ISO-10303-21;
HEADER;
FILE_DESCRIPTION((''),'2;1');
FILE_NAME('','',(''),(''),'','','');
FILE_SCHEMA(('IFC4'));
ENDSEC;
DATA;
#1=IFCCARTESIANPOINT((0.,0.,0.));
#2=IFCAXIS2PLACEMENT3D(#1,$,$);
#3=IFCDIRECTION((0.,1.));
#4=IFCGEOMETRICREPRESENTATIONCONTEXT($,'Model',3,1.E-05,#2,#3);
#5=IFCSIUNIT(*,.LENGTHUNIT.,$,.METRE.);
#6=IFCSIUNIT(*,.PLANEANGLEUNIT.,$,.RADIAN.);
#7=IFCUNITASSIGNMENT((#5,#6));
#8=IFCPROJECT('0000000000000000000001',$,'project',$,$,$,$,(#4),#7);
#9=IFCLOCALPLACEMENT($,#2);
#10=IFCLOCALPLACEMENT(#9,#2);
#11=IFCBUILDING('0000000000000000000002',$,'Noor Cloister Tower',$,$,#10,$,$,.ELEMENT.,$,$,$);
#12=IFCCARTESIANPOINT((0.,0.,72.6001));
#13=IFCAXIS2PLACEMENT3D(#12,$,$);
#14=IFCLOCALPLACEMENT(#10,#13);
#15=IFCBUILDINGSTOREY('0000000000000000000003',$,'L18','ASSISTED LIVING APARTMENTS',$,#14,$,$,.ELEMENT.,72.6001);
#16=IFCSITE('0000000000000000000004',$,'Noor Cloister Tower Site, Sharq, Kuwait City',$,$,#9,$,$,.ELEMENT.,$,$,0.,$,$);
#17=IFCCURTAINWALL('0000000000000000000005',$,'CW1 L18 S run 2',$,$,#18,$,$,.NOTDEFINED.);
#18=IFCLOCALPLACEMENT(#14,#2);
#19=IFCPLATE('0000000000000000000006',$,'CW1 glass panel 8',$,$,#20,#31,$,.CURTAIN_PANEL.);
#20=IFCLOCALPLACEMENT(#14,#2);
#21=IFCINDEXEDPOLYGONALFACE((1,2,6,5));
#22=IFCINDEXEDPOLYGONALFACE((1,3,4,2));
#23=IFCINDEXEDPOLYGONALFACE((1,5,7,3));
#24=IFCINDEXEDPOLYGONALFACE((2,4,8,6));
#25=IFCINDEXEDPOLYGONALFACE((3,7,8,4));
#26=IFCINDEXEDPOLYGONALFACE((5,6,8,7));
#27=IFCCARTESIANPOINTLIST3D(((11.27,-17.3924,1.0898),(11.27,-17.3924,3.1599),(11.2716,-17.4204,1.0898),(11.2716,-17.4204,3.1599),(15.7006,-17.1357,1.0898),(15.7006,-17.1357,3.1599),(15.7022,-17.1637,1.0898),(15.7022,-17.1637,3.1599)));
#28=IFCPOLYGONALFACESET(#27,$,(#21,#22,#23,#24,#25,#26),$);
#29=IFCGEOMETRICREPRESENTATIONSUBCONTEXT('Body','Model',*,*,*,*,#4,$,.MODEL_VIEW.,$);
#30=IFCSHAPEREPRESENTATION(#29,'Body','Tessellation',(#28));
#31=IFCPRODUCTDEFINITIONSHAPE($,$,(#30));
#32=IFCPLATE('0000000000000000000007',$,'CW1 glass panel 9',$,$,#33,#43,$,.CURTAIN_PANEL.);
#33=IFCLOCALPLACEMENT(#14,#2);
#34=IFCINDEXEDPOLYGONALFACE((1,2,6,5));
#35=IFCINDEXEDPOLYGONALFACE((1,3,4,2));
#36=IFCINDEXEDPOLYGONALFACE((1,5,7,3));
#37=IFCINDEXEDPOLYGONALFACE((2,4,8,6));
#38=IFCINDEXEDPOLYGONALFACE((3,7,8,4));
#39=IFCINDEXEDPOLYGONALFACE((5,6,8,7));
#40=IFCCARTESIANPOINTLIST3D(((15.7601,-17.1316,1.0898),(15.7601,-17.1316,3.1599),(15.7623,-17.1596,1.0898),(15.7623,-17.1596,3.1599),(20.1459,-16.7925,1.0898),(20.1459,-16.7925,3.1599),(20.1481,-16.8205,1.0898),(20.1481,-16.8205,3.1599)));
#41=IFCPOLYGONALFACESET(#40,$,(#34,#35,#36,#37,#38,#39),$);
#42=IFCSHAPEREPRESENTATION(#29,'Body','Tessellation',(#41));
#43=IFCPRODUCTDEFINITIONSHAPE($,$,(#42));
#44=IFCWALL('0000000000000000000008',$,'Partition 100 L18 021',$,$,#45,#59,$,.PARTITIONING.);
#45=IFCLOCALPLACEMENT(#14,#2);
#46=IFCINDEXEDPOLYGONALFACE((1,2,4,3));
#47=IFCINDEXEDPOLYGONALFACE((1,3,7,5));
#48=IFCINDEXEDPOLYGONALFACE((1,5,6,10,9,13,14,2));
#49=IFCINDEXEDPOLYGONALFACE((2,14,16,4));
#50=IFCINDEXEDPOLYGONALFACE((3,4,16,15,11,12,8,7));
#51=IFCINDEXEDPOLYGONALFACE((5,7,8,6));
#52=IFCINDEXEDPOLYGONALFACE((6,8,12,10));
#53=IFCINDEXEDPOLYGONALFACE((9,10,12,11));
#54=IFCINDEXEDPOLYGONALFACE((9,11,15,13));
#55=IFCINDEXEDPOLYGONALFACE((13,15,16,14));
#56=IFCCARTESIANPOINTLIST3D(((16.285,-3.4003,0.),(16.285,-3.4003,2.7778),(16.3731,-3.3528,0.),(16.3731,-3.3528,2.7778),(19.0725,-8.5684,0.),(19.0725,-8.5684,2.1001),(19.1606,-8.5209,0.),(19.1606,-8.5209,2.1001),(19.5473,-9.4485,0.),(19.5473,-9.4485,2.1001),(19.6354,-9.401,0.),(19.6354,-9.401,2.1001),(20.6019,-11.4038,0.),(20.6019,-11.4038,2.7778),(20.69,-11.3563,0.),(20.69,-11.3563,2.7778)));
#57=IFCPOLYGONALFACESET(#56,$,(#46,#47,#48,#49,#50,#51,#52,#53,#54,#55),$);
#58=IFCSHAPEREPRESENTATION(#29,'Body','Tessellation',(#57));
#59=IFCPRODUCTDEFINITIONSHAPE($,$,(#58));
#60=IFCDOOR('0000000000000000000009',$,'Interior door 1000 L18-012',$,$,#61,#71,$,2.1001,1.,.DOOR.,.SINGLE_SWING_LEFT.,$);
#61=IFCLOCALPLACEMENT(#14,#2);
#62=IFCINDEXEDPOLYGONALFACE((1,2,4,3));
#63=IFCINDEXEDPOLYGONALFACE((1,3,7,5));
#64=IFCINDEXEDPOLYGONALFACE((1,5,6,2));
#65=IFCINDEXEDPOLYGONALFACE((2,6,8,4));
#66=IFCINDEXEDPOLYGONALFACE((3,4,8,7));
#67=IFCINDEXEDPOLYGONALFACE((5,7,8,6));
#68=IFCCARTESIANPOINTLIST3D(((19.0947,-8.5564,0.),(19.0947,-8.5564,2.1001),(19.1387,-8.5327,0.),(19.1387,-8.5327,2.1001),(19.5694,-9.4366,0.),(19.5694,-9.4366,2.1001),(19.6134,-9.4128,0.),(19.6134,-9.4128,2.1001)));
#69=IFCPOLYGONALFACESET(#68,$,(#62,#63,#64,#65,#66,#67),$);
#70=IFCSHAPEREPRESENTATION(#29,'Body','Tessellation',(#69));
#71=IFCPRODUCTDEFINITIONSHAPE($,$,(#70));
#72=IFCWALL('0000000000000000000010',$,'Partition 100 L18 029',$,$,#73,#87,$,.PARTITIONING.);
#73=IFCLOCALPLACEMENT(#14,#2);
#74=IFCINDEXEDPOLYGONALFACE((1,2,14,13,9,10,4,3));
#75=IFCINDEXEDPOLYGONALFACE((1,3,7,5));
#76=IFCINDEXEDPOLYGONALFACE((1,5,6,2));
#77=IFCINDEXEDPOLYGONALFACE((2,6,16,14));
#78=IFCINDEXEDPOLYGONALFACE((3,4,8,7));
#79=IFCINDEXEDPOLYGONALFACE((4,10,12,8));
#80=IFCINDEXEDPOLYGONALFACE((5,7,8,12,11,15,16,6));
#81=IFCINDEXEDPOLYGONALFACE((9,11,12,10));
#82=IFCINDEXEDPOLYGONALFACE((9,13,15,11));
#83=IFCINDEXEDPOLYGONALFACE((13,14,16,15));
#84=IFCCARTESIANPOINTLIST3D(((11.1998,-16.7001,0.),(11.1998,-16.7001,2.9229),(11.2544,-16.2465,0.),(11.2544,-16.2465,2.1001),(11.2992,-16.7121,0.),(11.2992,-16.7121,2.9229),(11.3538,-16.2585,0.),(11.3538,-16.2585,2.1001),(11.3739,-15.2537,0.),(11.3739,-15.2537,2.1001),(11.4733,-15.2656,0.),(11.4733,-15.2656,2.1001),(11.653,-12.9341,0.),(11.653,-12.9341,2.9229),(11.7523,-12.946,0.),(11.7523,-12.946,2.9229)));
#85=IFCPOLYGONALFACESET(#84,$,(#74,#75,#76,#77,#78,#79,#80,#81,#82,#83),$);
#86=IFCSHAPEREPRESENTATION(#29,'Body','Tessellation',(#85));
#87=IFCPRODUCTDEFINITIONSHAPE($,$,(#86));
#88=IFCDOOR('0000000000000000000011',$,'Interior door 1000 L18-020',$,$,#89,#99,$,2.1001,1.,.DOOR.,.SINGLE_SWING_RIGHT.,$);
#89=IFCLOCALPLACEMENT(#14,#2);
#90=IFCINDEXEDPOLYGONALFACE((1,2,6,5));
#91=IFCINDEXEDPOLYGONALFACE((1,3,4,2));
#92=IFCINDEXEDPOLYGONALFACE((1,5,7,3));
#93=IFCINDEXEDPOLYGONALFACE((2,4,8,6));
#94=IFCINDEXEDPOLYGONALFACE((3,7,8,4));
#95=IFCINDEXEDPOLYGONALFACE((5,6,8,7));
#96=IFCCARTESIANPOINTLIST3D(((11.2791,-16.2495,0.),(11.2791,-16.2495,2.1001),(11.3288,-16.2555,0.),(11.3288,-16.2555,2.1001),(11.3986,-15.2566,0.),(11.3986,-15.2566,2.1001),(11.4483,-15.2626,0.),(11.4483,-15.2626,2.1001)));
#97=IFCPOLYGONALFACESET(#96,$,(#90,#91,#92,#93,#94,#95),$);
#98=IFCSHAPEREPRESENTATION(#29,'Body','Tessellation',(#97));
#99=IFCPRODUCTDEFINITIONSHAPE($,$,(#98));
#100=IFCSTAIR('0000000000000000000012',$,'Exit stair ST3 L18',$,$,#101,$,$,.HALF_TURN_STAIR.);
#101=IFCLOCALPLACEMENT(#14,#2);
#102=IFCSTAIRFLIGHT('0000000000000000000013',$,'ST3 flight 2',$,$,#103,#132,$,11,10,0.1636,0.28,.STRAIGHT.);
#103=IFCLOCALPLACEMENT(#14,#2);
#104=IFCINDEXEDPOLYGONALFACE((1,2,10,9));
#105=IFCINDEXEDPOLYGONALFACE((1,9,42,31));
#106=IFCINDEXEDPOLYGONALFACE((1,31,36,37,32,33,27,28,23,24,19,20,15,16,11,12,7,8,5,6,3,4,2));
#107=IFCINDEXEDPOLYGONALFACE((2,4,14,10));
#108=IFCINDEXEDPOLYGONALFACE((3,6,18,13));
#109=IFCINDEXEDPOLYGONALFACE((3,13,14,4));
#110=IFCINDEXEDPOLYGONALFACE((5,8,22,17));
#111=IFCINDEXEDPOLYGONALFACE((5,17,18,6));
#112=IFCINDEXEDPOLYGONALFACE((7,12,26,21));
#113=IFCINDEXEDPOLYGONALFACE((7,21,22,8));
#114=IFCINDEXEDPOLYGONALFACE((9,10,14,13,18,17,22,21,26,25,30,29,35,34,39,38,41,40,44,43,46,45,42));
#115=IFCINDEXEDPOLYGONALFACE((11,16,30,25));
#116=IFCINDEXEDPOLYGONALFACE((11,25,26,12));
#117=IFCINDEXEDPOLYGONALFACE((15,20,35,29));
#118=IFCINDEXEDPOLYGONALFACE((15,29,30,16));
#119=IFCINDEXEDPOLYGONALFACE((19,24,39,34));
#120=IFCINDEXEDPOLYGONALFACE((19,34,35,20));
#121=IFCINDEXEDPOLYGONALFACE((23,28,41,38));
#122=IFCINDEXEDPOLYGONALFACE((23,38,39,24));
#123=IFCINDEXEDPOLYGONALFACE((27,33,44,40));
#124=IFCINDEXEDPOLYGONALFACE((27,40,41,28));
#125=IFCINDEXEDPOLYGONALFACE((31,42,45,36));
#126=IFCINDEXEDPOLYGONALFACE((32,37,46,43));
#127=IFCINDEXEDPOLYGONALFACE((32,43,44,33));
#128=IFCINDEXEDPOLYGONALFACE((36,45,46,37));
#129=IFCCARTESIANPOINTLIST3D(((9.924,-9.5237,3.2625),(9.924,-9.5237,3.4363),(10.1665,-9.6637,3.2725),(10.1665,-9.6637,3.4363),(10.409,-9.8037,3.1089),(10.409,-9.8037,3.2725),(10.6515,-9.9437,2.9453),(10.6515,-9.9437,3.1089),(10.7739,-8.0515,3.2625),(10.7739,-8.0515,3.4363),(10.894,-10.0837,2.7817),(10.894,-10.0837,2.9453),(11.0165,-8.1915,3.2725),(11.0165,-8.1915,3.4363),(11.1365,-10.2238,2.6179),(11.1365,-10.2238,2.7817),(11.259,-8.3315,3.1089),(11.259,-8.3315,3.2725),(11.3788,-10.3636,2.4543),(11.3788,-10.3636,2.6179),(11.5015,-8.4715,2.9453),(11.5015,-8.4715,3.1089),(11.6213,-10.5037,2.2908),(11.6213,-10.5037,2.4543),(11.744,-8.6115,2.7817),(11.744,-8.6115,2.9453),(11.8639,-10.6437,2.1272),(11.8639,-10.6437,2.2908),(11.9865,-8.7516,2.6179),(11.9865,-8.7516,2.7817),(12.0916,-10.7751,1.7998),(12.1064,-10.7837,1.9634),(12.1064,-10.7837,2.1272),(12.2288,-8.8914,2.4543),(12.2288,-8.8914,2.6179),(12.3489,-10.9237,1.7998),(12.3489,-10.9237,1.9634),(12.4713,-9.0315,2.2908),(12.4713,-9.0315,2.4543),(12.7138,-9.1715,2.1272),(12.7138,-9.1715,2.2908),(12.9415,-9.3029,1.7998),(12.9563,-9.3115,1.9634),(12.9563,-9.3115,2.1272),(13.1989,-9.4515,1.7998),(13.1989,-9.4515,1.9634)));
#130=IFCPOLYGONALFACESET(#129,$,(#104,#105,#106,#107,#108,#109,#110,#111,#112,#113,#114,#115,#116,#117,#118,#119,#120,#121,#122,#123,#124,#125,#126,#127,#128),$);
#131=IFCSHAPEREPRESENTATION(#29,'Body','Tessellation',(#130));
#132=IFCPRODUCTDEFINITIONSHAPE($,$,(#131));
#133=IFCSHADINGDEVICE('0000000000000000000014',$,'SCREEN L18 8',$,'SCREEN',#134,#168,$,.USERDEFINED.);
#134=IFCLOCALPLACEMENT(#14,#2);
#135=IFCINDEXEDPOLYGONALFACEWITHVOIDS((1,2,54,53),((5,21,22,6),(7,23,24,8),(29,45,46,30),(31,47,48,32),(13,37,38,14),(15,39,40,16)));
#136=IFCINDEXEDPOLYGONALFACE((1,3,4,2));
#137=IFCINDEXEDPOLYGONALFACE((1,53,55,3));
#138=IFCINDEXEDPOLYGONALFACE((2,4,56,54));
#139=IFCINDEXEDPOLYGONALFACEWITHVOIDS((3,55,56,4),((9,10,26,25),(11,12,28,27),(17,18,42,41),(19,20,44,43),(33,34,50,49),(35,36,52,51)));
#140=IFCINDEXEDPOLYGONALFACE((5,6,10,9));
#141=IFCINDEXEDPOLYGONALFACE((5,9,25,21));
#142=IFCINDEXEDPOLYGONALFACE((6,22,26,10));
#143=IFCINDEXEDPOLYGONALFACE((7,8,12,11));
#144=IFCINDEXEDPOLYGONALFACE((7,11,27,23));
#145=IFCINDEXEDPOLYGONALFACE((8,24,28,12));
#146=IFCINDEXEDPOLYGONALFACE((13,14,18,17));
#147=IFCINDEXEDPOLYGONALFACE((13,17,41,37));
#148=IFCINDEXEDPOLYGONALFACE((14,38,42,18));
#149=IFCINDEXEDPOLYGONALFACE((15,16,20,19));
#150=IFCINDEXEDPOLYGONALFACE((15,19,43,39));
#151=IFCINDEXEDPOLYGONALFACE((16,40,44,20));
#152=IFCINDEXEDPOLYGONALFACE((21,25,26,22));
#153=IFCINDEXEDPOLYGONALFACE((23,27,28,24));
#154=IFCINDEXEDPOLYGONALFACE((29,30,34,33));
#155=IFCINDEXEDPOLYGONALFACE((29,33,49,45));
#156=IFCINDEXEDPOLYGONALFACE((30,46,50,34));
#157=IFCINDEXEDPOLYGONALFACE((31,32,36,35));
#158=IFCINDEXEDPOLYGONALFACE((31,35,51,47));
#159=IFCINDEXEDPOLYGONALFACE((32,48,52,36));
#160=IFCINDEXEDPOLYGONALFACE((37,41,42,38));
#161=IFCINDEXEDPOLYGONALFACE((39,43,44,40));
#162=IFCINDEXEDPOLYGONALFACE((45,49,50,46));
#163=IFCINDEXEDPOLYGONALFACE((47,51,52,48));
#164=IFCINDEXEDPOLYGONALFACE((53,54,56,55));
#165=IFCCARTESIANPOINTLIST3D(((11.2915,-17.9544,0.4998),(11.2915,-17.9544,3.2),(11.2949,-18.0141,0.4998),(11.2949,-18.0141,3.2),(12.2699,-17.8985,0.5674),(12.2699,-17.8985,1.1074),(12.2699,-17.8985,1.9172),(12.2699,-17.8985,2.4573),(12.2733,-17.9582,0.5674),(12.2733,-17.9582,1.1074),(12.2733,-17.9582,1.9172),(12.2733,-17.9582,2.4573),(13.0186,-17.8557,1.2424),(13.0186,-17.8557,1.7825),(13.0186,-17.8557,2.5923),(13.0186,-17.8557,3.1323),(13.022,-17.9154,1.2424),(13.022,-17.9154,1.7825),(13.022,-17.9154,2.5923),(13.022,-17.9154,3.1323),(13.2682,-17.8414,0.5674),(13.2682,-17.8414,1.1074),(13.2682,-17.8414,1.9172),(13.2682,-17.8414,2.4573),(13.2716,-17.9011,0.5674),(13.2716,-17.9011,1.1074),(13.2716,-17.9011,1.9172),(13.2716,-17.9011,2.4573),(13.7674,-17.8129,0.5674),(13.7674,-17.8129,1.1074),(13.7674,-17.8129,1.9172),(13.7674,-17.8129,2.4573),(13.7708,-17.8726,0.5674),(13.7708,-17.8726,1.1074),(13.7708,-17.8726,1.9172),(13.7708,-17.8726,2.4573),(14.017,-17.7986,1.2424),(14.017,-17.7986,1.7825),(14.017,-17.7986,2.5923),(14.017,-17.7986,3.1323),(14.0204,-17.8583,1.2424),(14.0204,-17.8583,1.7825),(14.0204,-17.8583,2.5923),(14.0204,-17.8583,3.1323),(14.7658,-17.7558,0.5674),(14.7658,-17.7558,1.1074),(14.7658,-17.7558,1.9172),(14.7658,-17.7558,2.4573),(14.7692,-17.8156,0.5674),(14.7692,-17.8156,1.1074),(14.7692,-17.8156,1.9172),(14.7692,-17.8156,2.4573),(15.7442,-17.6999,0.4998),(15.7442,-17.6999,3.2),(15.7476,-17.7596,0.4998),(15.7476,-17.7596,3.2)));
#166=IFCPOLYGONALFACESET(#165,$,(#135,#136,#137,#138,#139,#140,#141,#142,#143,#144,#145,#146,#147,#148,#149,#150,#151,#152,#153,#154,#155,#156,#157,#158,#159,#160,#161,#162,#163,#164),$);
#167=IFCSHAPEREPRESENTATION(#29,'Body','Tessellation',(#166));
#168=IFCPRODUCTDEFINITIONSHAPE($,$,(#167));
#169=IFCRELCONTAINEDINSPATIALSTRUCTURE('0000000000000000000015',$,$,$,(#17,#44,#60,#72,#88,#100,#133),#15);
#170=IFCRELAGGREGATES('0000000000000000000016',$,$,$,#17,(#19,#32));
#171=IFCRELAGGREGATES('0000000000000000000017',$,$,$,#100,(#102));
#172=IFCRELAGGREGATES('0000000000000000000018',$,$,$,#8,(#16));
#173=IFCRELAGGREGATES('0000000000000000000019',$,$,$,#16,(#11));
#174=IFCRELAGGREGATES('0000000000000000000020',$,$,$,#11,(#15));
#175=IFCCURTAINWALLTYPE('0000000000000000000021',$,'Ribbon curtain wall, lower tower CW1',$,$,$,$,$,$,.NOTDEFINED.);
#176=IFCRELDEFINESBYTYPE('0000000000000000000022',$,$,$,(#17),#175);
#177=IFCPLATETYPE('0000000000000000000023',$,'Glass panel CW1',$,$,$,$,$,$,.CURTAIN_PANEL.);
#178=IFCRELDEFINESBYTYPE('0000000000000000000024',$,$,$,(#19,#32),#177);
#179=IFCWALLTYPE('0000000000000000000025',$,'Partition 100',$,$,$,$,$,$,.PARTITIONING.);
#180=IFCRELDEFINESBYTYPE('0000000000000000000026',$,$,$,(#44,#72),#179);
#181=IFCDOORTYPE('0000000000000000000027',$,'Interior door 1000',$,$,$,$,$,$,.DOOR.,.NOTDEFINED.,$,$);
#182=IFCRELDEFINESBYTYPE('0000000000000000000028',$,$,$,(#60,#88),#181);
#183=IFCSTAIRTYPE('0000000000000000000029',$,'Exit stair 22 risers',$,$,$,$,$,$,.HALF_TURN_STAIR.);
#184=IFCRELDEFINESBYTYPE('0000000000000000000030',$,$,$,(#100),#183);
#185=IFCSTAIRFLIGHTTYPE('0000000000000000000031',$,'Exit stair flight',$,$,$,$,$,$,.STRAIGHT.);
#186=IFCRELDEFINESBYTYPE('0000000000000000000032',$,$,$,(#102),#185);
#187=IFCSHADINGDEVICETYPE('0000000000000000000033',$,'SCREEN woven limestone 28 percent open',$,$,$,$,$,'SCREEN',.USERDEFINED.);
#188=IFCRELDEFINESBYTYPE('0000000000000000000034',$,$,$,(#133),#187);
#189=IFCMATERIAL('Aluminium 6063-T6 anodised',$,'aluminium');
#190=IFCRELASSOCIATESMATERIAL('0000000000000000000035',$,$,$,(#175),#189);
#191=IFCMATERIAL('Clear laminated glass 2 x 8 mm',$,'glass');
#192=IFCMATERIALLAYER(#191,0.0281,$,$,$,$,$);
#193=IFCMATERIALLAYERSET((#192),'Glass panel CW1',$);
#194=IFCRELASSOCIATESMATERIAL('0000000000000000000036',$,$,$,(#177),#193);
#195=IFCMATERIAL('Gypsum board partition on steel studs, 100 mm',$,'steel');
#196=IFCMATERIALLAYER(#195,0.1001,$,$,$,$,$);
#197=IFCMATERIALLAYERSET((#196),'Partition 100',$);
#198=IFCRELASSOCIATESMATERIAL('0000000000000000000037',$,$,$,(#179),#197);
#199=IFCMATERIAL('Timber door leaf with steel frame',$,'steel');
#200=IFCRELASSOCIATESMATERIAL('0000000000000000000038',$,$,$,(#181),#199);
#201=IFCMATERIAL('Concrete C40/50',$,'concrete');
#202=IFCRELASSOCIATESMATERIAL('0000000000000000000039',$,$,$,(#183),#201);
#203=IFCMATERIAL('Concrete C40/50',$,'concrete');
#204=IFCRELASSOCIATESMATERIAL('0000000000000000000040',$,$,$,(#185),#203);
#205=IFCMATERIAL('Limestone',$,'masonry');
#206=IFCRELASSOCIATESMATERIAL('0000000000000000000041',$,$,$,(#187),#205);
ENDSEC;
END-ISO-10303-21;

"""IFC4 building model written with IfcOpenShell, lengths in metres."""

from ifc_helpers import new_model, si_unit, direction, frame, frame_2d, origin, origin_2d, place, context, subcontext, project, spatial, polyline, rectangle, outline, extrude, material, layer, layer_set, material_profile, profile_set, type_object, element, fill, aggregate, save


model = new_model("IFC4")

# Units and contexts
model_context = context("Model", 3, precision=1e-05, world=origin(), true_north=direction((0.0, 1.0)))
body_context = subcontext(model_context, "Body", "Model", "MODEL_VIEW")
ifc_project = project(units=[si_unit("LENGTHUNIT", "METRE"), si_unit("PLANEANGLEUNIT", "RADIAN")], contexts=[model_context])

# Site, building, storey
site_placement = place(None, origin())
site = spatial("IfcSite", under=ifc_project, at=site_placement, Name="Noor Cloister Tower Site, Sharq, Kuwait City", CompositionType="ELEMENT", RefElevation=0.0)
building_placement = place(site_placement, origin())
building = spatial("IfcBuilding", under=site, at=building_placement, Name="Noor Cloister Tower", CompositionType="ELEMENT")
storey_placement = place(building_placement, frame((0.0, 0.0, 72.6001)))
storey = spatial("IfcBuildingStorey", under=building, at=storey_placement, Name="L18", Description="ASSISTED LIVING APARTMENTS", CompositionType="ELEMENT", Elevation=72.6001)

# Curtain wall
ifc_material_1 = material(Name="Aluminium 6063-T6 anodised", Category="aluminium")
curtain_wall_type = type_object("IfcCurtainWallType", Name="Ribbon curtain wall, lower tower CW1", PredefinedType="NOTDEFINED", material=ifc_material_1)
curtain_wall_placement = place(storey_placement, origin())
curtain_wall = element("IfcCurtainWall", 1, at=curtain_wall_placement, inside=storey, type_object=curtain_wall_type, Name="CW1 L18 S run 2", PredefinedType="NOTDEFINED")

# Plates
ifc_material_2 = material(Name="Clear laminated glass 2 x 8 mm", Category="glass")
ifc_layer_1 = layer(ifc_material_2, 0.0281)
ifc_layer_set_1 = layer_set([ifc_layer_1], Name="Glass panel CW1")
plate_type = type_object("IfcPlateType", Name="Glass panel CW1", PredefinedType="CURTAIN_PANEL", material=ifc_layer_set_1)
plate_1_placement = place(storey_placement, frame((13.4861, -17.2781, 1.0898), z_axis=(0.0, 0.0, 1.0), x_axis=(0.998326, 0.057845, 0.0)))
plate_1 = element("IfcPlate", 2, at=plate_1_placement, type_object=plate_type, Name="CW1 glass panel 8", PredefinedType="CURTAIN_PANEL", context=body_context, shape_type="SweptSolid", body=[
    extrude(rectangle(XDim=4.438, YDim=0.0281, at=origin_2d()), origin(), (0.0, 0.0, 1.0), 2.0701),
])
plate_2_placement = place(storey_placement, frame((17.9541, -16.9761, 1.0898), z_axis=(0.0, 0.0, 1.0), x_axis=(0.997024, 0.077093, 0.0)))
plate_2 = element("IfcPlate", 3, at=plate_2_placement, type_object=plate_type, Name="CW1 glass panel 9", PredefinedType="CURTAIN_PANEL", context=body_context, shape_type="SweptSolid", body=[
    extrude(rectangle(XDim=4.3989, YDim=0.0281, at=origin_2d()), origin(), (0.0, 0.0, 1.0), 2.0701),
])
aggregate(curtain_wall, [plate_1, plate_2])

# Walls, openings, doors
ifc_material_3 = material(Name="Gypsum board partition on steel studs, 100 mm", Category="steel")
ifc_layer_2 = layer(ifc_material_3, 0.1001)
ifc_layer_set_2 = layer_set([ifc_layer_2], Name="Partition 100")
wall_type = type_object("IfcWallType", Name="Partition 100", PredefinedType="PARTITIONING", material=ifc_layer_set_2)
wall_1_placement = place(storey_placement, frame((20.646, -11.3801, 0.0), z_axis=(0.0, 0.0, 1.0), x_axis=(-0.474727, 0.880133, 0.0)))
wall_1 = element("IfcWall", 4, at=wall_1_placement, inside=storey, type_object=wall_type, Name="Partition 100 L18 021", PredefinedType="PARTITIONING", context=body_context, shape_type="SweptSolid", body=[
    extrude(rectangle(XDim=9.0935, YDim=0.1001, at=frame_2d((4.5469, 0.0))), origin(), (0.0, 0.0, 1.0), 2.7778),
])
opening_1_placement = place(wall_1_placement, frame((2.2217, 0.0, 0.0)))
opening_1 = element("IfcOpeningElement", 5, at=opening_1_placement, cuts=wall_1, PredefinedType="OPENING", context=body_context, shape_type="SweptSolid", body=[
    extrude(rectangle(XDim=1.0, YDim=2.1001, at=frame_2d((0.5, 1.05))), frame((0.0, 0.0601, 0.0), z_axis=(0.0, -1.0, 0.0), x_axis=(1.0, 0.0, 0.0)), (0.0, 0.0, 1.0), 0.1201),
])
ifc_material_4 = material(Name="Timber door leaf with steel frame", Category="steel")
door_type = type_object("IfcDoorType", Name="Interior door 1000", OperationType="NOTDEFINED", PredefinedType="DOOR", material=ifc_material_4)
door_1_placement = place(opening_1_placement, origin())
door_1 = element("IfcDoor", 6, at=door_1_placement, inside=storey, type_object=door_type, Name="Interior door 1000 L18-012", OperationType="SINGLE_SWING_LEFT", OverallHeight=2.1001, OverallWidth=1.0, PredefinedType="DOOR", context=body_context, shape_type="SweptSolid", body=[
    extrude(rectangle(XDim=1.0, YDim=2.1001, at=frame_2d((0.5, 1.05))), frame((0.0, 0.0249, 0.0), z_axis=(0.0, -1.0, 0.0), x_axis=(1.0, 0.0, 0.0)), (0.0, 0.0, 1.0), 0.05),
])
fill(opening_1, door_1)
wall_2_placement = place(storey_placement, frame((11.7026, -12.9402, 0.0), z_axis=(0.0, 0.0, 1.0), x_axis=(-0.119455, -0.99284, 0.0)))
wall_2 = element("IfcWall", 7, at=wall_2_placement, inside=storey, type_object=wall_type, Name="Partition 100 L18 029", PredefinedType="PARTITIONING", context=body_context, shape_type="SweptSolid", body=[
    extrude(rectangle(XDim=3.7932, YDim=0.1001, at=frame_2d((1.8965, 0.0))), origin(), (0.0, 0.0, 1.0), 2.9229),
])
opening_2_placement = place(wall_2_placement, frame((2.3362, 0.0, 0.0)))
opening_2 = element("IfcOpeningElement", 8, at=opening_2_placement, cuts=wall_2, PredefinedType="OPENING", context=body_context, shape_type="SweptSolid", body=[
    extrude(rectangle(XDim=1.0, YDim=2.1001, at=frame_2d((0.5, 1.05))), frame((0.0, 0.0601, 0.0), z_axis=(0.0, -1.0, 0.0), x_axis=(1.0, 0.0, 0.0)), (0.0, 0.0, 1.0), 0.1201),
])
door_2_placement = place(opening_2_placement, origin())
door_2 = element("IfcDoor", 9, at=door_2_placement, inside=storey, type_object=door_type, Name="Interior door 1000 L18-020", OperationType="SINGLE_SWING_RIGHT", OverallHeight=2.1001, OverallWidth=1.0, PredefinedType="DOOR", context=body_context, shape_type="SweptSolid", body=[
    extrude(rectangle(XDim=1.0, YDim=2.1001, at=frame_2d((0.5, 1.05))), frame((0.0, 0.0249, 0.0), z_axis=(0.0, -1.0, 0.0), x_axis=(1.0, 0.0, 0.0)), (0.0, 0.0, 1.0), 0.05),
])
fill(opening_2, door_2)

# Stair, stair flight
ifc_material_5 = material(Name="Concrete C40/50", Category="concrete")
stair_type = type_object("IfcStairType", Name="Exit stair 22 risers", PredefinedType="HALF_TURN_STAIR", material=ifc_material_5)
stair_placement = place(storey_placement, origin())
stair = element("IfcStair", 10, at=stair_placement, inside=storey, type_object=stair_type, Name="Exit stair ST3 L18", PredefinedType="HALF_TURN_STAIR")
ifc_material_6 = material(Name="Concrete C40/50", Category="concrete")
stair_flight_type = type_object("IfcStairFlightType", Name="Exit stair flight", PredefinedType="STRAIGHT", material=ifc_material_6)
stair_flight_placement = place(storey_placement, frame((12.7739, -10.1875, 1.7998), z_axis=(0.0, 0.0, 1.0), x_axis=(-0.866025, 0.5, 0.0)))
stair_flight = element("IfcStairFlight", 11, at=stair_flight_placement, type_object=stair_flight_type, Name="ST3 flight 2", NumberOfRisers=11, NumberOfTreads=10, PredefinedType="STRAIGHT", RiserHeight=0.1636, TreadLength=0.28, context=body_context, shape_type="SweptSolid", body=[
    extrude(outline(polyline([(0.0, 0.0), (0.0, 0.1636), (0.28, 0.1636), (0.28, 0.3274), (0.5601, 0.3274), (0.5601, 0.491), (0.8401, 0.491), (0.8401, 0.6545), (1.1201, 0.6545), (1.1201, 0.8181), (1.3999, 0.8181), (1.3999, 0.9819), (1.6799, 0.9819), (1.6799, 1.1455), (1.96, 1.1455), (1.96, 1.3091), (2.24, 1.3091), (2.24, 1.4727), (2.52, 1.4727), (2.52, 1.6365), (2.8, 1.6365), (2.8, 1.8), (2.8, 1.4626), (0.2971, 0.0), (0.0, 0.0)])), frame((0.0, 0.8501, 0.0), z_axis=(0.0, -1.0, 0.0), x_axis=(1.0, 0.0, 0.0)), (0.0, 0.0, 1.0), 1.7),
])
aggregate(stair, [stair_flight])

# Shading device
ifc_material_7 = material(Name="Limestone", Category="masonry")
ifc_material_profile_1 = material_profile(ifc_material_7, outline(polyline([(-2.23, -1.3501), (2.23, -1.3501), (2.23, 1.3501), (-2.23, 1.3501), (-2.23, -1.3501)]), holes=[polyline([(-1.25, -1.2825), (-0.25, -1.2825), (-0.25, -0.7424), (-1.25, -0.7424), (-1.25, -1.2825)]), polyline([(0.25, -1.2825), (1.25, -1.2825), (1.25, -0.7424), (0.25, -0.7424), (0.25, -1.2825)]), polyline([(-0.5, -0.6074), (0.5, -0.6074), (0.5, -0.0674), (-0.5, -0.0674), (-0.5, -0.6074)]), polyline([(-1.25, 0.0674), (-0.25, 0.0674), (-0.25, 0.6074), (-1.25, 0.6074), (-1.25, 0.0674)]), polyline([(0.25, 0.0674), (1.25, 0.0674), (1.25, 0.6074), (0.25, 0.6074), (0.25, 0.0674)]), polyline([(-0.5, 0.7424), (0.5, 0.7424), (0.5, 1.2825), (-0.5, 1.2825), (-0.5, 0.7424)])]), Name="Woven screen 28 percent open")
ifc_profile_set_1 = profile_set([ifc_material_profile_1], Name="Limestone")
shading_device_type = type_object("IfcShadingDeviceType", Name="SCREEN woven limestone 28 percent open", ElementType="SCREEN", PredefinedType="USERDEFINED", material=ifc_profile_set_1)
shading_device_1_placement = place(storey_placement, frame((13.5178, -17.8271, 1.8499), z_axis=(0.05705, -0.998371, 0.0), x_axis=(0.998371, 0.05705, 0.0)))
element("IfcShadingDevice", 12, at=shading_device_1_placement, inside=storey, type_object=shading_device_type, Name="SCREEN L18 8", ObjectType="SCREEN", PredefinedType="USERDEFINED", context=body_context, shape_type="SweptSolid", body=[
    extrude(outline(polyline([(-2.23, -1.3501), (2.23, -1.3501), (2.23, 1.3501), (-2.23, 1.3501), (-2.23, -1.3501)]), holes=[polyline([(-1.25, -1.2825), (-0.25, -1.2825), (-0.25, -0.7424), (-1.25, -0.7424), (-1.25, -1.2825)]), polyline([(0.25, -1.2825), (1.25, -1.2825), (1.25, -0.7424), (0.25, -0.7424), (0.25, -1.2825)]), polyline([(-0.5, -0.6074), (0.5, -0.6074), (0.5, -0.0674), (-0.5, -0.0674), (-0.5, -0.6074)]), polyline([(-1.25, 0.0674), (-0.25, 0.0674), (-0.25, 0.6074), (-1.25, 0.6074), (-1.25, 0.0674)]), polyline([(0.25, 0.0674), (1.25, 0.0674), (1.25, 0.6074), (0.25, 0.6074), (0.25, 0.0674)]), polyline([(-0.5, 0.7424), (0.5, 0.7424), (0.5, 1.2825), (-0.5, 1.2825), (-0.5, 0.7424)])]), origin(), (0.0, 0.0, 1.0), 0.0598),
])

save(model, "model.ifc")
